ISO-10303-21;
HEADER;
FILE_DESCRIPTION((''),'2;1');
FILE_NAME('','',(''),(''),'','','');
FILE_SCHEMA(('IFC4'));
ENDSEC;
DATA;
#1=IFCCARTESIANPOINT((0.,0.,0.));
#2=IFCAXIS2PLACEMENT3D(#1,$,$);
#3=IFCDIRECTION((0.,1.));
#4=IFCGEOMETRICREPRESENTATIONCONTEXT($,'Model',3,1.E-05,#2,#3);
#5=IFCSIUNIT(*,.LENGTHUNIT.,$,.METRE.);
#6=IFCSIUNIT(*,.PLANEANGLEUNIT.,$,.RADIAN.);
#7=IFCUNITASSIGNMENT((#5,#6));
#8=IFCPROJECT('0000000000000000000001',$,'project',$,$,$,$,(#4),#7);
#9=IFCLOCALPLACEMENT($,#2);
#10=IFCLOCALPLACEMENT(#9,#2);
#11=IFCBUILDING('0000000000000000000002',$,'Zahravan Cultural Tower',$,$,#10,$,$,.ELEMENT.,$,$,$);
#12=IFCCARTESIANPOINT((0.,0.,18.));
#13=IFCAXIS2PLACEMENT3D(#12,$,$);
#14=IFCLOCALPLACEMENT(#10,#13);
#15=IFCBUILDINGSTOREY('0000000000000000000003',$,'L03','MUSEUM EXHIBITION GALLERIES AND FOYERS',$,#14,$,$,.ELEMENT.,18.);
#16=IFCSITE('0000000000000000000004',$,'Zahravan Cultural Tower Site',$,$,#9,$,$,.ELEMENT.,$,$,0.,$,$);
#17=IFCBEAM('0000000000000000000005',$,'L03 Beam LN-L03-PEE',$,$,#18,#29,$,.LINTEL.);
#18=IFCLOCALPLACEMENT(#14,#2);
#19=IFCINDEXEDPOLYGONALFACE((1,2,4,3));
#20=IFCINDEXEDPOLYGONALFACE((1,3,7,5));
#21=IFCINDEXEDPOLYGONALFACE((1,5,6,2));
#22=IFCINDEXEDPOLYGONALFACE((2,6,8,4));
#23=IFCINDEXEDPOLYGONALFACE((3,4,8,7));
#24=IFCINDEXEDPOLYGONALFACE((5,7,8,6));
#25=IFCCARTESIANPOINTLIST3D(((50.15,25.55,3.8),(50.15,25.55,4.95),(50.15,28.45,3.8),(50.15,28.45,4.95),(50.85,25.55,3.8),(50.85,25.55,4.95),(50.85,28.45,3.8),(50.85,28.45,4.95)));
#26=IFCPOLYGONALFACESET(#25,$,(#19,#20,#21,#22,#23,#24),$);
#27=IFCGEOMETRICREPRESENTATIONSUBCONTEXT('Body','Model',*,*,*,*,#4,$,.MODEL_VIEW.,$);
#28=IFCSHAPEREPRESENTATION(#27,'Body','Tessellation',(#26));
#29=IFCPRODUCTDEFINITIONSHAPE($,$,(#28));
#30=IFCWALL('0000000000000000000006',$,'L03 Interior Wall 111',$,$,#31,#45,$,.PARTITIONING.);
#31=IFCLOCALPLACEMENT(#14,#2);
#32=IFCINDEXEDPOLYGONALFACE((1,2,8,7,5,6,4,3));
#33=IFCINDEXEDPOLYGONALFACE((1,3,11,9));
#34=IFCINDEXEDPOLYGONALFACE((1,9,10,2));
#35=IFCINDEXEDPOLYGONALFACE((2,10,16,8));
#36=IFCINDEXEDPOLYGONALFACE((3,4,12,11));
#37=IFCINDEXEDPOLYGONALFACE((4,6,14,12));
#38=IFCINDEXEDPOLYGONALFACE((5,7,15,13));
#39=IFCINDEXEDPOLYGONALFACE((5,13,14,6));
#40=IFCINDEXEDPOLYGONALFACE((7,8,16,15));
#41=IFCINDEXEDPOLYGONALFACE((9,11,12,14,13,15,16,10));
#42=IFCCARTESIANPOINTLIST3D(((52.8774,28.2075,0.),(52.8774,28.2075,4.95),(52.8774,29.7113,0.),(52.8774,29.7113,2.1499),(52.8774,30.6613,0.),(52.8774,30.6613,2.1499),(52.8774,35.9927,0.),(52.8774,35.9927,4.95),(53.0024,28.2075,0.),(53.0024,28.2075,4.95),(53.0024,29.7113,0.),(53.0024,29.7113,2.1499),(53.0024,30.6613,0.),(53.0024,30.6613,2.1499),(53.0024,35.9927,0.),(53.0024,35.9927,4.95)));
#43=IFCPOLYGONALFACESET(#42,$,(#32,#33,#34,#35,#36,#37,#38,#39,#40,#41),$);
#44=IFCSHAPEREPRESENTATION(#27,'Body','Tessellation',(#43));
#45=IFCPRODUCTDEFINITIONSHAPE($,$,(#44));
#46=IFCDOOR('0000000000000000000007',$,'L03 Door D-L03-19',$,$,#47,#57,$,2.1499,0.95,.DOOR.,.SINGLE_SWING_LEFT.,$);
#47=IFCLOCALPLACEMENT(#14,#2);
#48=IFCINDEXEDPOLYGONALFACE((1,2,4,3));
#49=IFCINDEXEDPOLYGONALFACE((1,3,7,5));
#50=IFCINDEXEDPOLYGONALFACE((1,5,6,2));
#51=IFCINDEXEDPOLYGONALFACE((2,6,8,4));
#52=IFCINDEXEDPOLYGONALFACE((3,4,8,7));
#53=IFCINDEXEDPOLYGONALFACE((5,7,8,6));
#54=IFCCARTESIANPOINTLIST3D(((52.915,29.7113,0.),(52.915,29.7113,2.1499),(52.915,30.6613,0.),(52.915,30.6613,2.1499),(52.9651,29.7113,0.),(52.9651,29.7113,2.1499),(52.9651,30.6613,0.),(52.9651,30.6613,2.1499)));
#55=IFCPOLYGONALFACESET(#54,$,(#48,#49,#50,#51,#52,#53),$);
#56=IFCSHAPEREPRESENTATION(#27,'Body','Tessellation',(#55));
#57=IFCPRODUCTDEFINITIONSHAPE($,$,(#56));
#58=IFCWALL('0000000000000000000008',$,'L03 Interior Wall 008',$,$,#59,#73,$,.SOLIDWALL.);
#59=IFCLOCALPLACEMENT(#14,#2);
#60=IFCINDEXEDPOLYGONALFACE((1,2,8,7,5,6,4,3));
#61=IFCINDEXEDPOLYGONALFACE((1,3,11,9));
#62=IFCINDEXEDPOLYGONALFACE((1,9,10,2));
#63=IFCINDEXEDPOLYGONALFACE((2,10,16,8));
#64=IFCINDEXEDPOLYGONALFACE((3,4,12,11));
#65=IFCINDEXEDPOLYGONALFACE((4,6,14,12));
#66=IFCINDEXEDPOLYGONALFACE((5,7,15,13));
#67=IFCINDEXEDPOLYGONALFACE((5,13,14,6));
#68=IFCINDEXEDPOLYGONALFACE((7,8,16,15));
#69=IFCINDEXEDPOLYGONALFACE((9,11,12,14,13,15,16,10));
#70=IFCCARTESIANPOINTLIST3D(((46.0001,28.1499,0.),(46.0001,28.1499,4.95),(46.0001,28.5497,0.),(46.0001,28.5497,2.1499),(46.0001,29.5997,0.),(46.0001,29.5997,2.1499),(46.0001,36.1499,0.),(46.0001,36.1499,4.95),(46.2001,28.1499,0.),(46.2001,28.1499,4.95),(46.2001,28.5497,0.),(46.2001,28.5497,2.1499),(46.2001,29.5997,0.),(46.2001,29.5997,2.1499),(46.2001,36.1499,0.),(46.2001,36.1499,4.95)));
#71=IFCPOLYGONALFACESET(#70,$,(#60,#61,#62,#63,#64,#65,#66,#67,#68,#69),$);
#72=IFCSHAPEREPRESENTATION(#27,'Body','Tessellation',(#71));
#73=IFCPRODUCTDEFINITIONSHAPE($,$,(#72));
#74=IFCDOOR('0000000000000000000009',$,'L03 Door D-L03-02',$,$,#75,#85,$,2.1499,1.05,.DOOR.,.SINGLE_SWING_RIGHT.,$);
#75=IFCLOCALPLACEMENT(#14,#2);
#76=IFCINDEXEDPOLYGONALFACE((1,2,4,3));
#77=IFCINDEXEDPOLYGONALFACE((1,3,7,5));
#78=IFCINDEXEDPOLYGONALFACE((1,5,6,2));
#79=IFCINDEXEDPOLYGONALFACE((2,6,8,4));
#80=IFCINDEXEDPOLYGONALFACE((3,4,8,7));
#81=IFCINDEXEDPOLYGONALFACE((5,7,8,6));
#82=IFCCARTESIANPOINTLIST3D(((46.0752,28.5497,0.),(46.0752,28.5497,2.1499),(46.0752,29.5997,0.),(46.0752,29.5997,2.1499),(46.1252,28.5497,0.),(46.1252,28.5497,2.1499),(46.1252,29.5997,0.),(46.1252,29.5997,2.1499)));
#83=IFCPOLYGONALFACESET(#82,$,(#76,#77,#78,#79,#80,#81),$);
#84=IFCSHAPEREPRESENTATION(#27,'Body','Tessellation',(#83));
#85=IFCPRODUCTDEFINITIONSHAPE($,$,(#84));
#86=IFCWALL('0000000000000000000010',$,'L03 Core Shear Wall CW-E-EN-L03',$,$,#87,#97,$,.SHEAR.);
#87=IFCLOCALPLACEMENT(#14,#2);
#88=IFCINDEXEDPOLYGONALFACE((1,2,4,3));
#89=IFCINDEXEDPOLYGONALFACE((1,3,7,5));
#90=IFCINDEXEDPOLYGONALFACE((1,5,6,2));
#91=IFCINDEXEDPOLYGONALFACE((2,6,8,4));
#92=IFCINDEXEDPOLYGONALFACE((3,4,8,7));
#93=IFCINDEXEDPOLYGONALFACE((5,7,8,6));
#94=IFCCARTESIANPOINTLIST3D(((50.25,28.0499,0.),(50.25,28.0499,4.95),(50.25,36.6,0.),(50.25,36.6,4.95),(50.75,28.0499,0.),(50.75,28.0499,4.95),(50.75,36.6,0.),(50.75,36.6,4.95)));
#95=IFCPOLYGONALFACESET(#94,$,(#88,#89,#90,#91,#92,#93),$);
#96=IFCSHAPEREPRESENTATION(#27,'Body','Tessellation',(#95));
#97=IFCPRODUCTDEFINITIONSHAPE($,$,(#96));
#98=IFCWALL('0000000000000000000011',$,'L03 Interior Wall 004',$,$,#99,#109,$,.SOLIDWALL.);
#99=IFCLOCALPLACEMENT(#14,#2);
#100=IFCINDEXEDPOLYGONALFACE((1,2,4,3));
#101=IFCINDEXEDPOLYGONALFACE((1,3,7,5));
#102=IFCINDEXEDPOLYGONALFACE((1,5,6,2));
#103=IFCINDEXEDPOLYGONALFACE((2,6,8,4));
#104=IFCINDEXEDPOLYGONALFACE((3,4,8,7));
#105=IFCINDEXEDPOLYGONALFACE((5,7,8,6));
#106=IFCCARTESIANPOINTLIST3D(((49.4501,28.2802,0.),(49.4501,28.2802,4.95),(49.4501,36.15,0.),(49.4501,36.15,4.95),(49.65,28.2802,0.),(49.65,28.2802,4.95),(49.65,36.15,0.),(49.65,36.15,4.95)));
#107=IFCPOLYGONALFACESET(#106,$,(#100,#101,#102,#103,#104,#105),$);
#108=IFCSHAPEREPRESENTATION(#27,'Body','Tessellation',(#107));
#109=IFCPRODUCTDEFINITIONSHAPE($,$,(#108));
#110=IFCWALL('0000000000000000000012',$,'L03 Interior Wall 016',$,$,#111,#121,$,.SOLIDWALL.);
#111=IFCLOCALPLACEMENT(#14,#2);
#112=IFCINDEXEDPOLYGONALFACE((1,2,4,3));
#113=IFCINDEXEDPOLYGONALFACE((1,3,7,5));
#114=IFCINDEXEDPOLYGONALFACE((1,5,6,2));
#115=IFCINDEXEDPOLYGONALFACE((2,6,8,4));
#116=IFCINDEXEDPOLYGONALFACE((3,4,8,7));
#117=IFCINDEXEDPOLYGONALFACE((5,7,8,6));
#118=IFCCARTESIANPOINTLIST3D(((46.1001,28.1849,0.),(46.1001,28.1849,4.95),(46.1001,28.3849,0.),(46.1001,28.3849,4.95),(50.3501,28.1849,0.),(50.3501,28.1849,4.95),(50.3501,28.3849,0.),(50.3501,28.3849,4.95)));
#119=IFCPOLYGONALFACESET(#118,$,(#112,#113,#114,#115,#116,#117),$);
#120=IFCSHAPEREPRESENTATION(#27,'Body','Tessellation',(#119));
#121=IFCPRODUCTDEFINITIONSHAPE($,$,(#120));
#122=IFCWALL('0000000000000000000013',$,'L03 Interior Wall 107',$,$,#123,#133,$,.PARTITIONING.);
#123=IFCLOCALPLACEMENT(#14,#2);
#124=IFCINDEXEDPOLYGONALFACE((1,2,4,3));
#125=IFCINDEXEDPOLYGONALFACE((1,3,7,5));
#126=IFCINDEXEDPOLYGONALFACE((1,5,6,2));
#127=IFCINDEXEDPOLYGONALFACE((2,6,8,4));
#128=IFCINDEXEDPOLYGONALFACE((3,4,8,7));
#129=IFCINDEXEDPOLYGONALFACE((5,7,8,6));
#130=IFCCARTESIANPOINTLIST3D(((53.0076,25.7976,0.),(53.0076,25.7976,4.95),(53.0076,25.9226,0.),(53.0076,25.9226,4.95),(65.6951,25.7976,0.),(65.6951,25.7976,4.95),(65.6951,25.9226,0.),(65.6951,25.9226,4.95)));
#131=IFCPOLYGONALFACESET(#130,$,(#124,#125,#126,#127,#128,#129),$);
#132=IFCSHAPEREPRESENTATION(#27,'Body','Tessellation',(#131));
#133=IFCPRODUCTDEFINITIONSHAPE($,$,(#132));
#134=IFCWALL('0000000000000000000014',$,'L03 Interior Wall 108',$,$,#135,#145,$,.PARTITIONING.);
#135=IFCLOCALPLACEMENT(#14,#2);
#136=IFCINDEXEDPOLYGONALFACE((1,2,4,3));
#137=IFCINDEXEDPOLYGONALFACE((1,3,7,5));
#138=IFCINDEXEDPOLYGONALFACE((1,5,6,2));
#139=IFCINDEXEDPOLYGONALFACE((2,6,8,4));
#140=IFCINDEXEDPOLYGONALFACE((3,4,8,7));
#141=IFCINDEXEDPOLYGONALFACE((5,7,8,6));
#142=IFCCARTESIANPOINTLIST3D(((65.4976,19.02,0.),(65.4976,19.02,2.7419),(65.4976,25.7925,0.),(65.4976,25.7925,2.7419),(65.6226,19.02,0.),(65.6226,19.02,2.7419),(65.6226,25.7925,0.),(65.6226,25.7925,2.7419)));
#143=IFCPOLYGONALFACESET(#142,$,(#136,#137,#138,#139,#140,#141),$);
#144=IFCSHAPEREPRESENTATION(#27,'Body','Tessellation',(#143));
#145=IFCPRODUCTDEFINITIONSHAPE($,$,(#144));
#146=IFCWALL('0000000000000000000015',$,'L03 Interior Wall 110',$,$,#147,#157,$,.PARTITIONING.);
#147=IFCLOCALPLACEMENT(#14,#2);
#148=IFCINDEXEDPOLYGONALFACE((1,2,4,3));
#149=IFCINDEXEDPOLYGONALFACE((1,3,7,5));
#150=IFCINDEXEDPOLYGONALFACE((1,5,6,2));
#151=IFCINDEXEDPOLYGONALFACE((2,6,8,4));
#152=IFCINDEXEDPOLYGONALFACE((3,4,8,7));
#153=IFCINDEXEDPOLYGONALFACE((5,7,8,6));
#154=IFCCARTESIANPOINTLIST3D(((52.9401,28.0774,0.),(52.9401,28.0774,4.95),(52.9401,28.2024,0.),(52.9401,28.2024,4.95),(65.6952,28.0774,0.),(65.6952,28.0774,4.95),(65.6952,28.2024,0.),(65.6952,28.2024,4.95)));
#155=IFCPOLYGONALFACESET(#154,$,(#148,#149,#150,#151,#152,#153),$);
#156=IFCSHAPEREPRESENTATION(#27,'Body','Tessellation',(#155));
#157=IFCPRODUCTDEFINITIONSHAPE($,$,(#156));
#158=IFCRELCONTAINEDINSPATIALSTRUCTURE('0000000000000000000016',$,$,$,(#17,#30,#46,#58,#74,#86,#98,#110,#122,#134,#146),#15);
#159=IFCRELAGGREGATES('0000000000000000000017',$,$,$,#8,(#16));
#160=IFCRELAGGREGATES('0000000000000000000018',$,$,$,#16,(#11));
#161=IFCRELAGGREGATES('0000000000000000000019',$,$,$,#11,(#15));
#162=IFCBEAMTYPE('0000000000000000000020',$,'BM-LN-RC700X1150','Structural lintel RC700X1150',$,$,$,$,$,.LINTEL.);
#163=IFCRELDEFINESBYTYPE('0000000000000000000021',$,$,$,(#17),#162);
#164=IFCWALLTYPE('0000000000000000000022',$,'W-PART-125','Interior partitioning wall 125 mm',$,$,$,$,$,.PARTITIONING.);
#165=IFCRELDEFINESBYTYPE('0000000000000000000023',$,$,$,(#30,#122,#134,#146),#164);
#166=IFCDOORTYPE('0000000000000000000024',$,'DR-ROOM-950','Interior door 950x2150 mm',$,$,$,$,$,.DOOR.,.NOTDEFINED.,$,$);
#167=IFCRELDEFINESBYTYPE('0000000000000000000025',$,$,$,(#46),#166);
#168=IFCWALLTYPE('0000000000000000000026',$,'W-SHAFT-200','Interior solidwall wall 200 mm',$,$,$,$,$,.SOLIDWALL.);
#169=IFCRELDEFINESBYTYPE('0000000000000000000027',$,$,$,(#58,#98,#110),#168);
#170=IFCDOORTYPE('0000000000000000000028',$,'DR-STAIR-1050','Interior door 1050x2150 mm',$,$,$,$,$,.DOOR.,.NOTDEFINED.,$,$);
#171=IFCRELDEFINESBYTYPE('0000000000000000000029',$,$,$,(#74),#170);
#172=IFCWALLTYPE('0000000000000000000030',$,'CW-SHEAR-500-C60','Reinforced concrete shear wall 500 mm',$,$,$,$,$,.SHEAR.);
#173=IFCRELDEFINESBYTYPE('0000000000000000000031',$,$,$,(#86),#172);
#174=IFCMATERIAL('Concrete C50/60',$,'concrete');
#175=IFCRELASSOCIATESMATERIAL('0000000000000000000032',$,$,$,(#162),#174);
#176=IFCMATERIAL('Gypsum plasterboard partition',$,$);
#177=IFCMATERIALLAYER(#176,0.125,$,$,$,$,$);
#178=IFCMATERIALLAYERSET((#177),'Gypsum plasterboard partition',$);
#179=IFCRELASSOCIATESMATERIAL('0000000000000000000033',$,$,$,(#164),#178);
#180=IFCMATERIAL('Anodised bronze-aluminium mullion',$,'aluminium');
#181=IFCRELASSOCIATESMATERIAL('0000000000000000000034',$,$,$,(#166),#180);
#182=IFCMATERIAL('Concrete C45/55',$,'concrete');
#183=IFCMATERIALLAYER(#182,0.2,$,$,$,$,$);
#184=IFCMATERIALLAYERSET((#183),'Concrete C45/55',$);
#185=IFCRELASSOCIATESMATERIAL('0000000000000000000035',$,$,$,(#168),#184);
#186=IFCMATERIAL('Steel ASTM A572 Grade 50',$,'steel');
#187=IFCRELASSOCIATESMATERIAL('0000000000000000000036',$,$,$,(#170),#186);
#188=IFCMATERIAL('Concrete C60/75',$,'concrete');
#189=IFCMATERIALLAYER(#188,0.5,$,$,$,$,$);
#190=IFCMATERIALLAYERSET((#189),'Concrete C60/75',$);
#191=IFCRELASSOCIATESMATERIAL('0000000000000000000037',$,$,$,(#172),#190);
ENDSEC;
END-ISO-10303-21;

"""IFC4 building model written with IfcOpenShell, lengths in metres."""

from ifc_helpers import new_model, si_unit, direction, frame, frame_2d, origin, origin_2d, place, context, subcontext, project, spatial, rectangle, extrude, source, transform, mapped, material, layer, layer_set, material_profile, profile_set, type_object, element, fill, save


model = new_model("IFC4")

# Units and contexts
model_context = context("Model", 3, precision=1e-05, world=origin(), true_north=direction((0.0, 1.0)))
body_context = subcontext(model_context, "Body", "Model", "MODEL_VIEW")
ifc_project = project(units=[si_unit("LENGTHUNIT", "METRE"), si_unit("PLANEANGLEUNIT", "RADIAN")], contexts=[model_context])

# Site, building, storey
site_placement = place(None, origin())
site = spatial("IfcSite", under=ifc_project, at=site_placement, Name="Zahravan Cultural Tower Site", CompositionType="ELEMENT", RefElevation=0.0)
building_placement = place(site_placement, origin())
building = spatial("IfcBuilding", under=site, at=building_placement, Name="Zahravan Cultural Tower", CompositionType="ELEMENT")
storey_placement = place(building_placement, frame((0.0, 0.0, 18.0)))
storey = spatial("IfcBuildingStorey", under=building, at=storey_placement, Name="L03", Description="MUSEUM EXHIBITION GALLERIES AND FOYERS", CompositionType="ELEMENT", Elevation=18.0)

# Beam
ifc_material_1 = material(Name="Concrete C50/60", Category="concrete")
ifc_material_profile = material_profile(ifc_material_1, rectangle(XDim=0.7, YDim=1.1499, at=origin_2d()), Name="RC700X1150")
ifc_profile_set = profile_set([ifc_material_profile], Name="Concrete C50/60")
beam_type = type_object("IfcBeamType", Name="BM-LN-RC700X1150", Description="Structural lintel RC700X1150", PredefinedType="LINTEL", material=ifc_profile_set)
shared_shape_1 = source(origin(), body_context, "Body", "SweptSolid", [
    extrude(rectangle(XDim=0.7, YDim=1.1499, at=origin_2d()), origin(), (0.0, 0.0, 1.0), 2.8999),
])
beam_placement = place(storey_placement, frame((50.5, 25.55, 4.375), z_axis=(0.0, 1.0, 0.0), x_axis=(-1.0, 0.0, 0.0)))
element("IfcBeam", 1, at=beam_placement, inside=storey, type_object=beam_type, Name="L03 Beam LN-L03-PEE", PredefinedType="LINTEL", context=body_context, shape_type="MappedRepresentation", body=[
    mapped(shared_shape_1, transform((0.0, 0.0, 0.0), x_axis=(1.0, 0.0, 0.0), y_axis=(0.0, 1.0, 0.0), z_axis=(0.0, 0.0, 1.0), scale=1.0)),
])

# Walls, openings, doors
ifc_material_2 = material(Name="Gypsum plasterboard partition")
ifc_layer_1 = layer(ifc_material_2, 0.125)
ifc_layer_set_1 = layer_set([ifc_layer_1], Name="Gypsum plasterboard partition")
wall_type_1 = type_object("IfcWallType", Name="W-PART-125", Description="Interior partitioning wall 125 mm", PredefinedType="PARTITIONING", material=ifc_layer_set_1)
wall_1_placement = place(storey_placement, frame((52.9399, 28.2075, 0.0), z_axis=(0.0, 0.0, 1.0), x_axis=(0.0, 1.0, 0.0)))
wall_1 = element("IfcWall", 2, at=wall_1_placement, inside=storey, type_object=wall_type_1, Name="L03 Interior Wall 111", PredefinedType="PARTITIONING", context=body_context, shape_type="SweptSolid", body=[
    extrude(rectangle(XDim=7.7852, YDim=0.125, at=frame_2d((3.8926, 0.0))), origin(), (0.0, 0.0, 1.0), 4.95),
])
opening_1_placement = place(wall_1_placement, frame((1.5037, 0.0, 0.0)))
opening_1 = element("IfcOpeningElement", 3, at=opening_1_placement, cuts=wall_1, PredefinedType="OPENING", context=body_context, shape_type="SweptSolid", body=[
    extrude(rectangle(XDim=0.95, YDim=2.1499, at=frame_2d((0.4751, 1.075))), frame((0.0, 0.0725, 0.0), z_axis=(0.0, -1.0, 0.0), x_axis=(1.0, 0.0, 0.0)), (0.0, 0.0, 1.0), 0.145),
])
ifc_material_3 = material(Name="Anodised bronze-aluminium mullion", Category="aluminium")
door_type_1 = type_object("IfcDoorType", Name="DR-ROOM-950", Description="Interior door 950x2150 mm", OperationType="NOTDEFINED", PredefinedType="DOOR", material=ifc_material_3)
shared_shape_2 = source(origin(), body_context, "Body", "SweptSolid", [
    extrude(rectangle(XDim=0.95, YDim=2.1499, at=frame_2d((0.4751, 1.075))), frame((0.0, 0.0249, 0.0), z_axis=(0.0, -1.0, 0.0), x_axis=(1.0, 0.0, 0.0)), (0.0, 0.0, 1.0), 0.05),
])
door_1_placement = place(opening_1_placement, origin())
door_1 = element("IfcDoor", 4, at=door_1_placement, inside=storey, type_object=door_type_1, Name="L03 Door D-L03-19", OperationType="SINGLE_SWING_LEFT", OverallHeight=2.1499, OverallWidth=0.95, PredefinedType="DOOR", context=body_context, shape_type="MappedRepresentation", body=[
    mapped(shared_shape_2, transform((0.0, 0.0, 0.0), x_axis=(1.0, 0.0, 0.0), y_axis=(0.0, 1.0, 0.0), z_axis=(0.0, 0.0, 1.0), scale=1.0)),
])
fill(opening_1, door_1)
ifc_material_4 = material(Name="Concrete C45/55", Category="concrete")
ifc_layer_2 = layer(ifc_material_4, 0.2)
ifc_layer_set_2 = layer_set([ifc_layer_2], Name="Concrete C45/55")
wall_type_2 = type_object("IfcWallType", Name="W-SHAFT-200", Description="Interior solidwall wall 200 mm", PredefinedType="SOLIDWALL", material=ifc_layer_set_2)
wall_2_placement = place(storey_placement, frame((46.1001, 28.1499, 0.0), z_axis=(0.0, 0.0, 1.0), x_axis=(0.0, 1.0, 0.0)))
wall_2 = element("IfcWall", 5, at=wall_2_placement, inside=storey, type_object=wall_type_2, Name="L03 Interior Wall 008", PredefinedType="SOLIDWALL", context=body_context, shape_type="SweptSolid", body=[
    extrude(rectangle(XDim=8.0, YDim=0.2, at=frame_2d((4.0, 0.0))), origin(), (0.0, 0.0, 1.0), 4.95),
])
opening_2_placement = place(wall_2_placement, frame((0.3999, 0.0, 0.0)))
opening_2 = element("IfcOpeningElement", 6, at=opening_2_placement, cuts=wall_2, PredefinedType="OPENING", context=body_context, shape_type="SweptSolid", body=[
    extrude(rectangle(XDim=1.05, YDim=2.1499, at=frame_2d((0.5249, 1.075))), frame((0.0, 0.1099, 0.0), z_axis=(0.0, -1.0, 0.0), x_axis=(1.0, 0.0, 0.0)), (0.0, 0.0, 1.0), 0.22),
])
ifc_material_5 = material(Name="Steel ASTM A572 Grade 50", Category="steel")
door_type_2 = type_object("IfcDoorType", Name="DR-STAIR-1050", Description="Interior door 1050x2150 mm", OperationType="NOTDEFINED", PredefinedType="DOOR", material=ifc_material_5)
shared_shape_3 = source(origin(), body_context, "Body", "SweptSolid", [
    extrude(rectangle(XDim=1.05, YDim=2.1499, at=frame_2d((0.5249, 1.075))), frame((0.0, 0.0249, 0.0), z_axis=(0.0, -1.0, 0.0), x_axis=(1.0, 0.0, 0.0)), (0.0, 0.0, 1.0), 0.05),
])
door_2_placement = place(opening_2_placement, origin())
door_2 = element("IfcDoor", 7, at=door_2_placement, inside=storey, type_object=door_type_2, Name="L03 Door D-L03-02", OperationType="SINGLE_SWING_RIGHT", OverallHeight=2.1499, OverallWidth=1.05, PredefinedType="DOOR", context=body_context, shape_type="MappedRepresentation", body=[
    mapped(shared_shape_3, transform((0.0, 0.0, 0.0), x_axis=(1.0, 0.0, 0.0), y_axis=(0.0, 1.0, 0.0), z_axis=(0.0, 0.0, 1.0), scale=1.0)),
])
fill(opening_2, door_2)

# Walls
ifc_material_6 = material(Name="Concrete C60/75", Category="concrete")
ifc_layer_3 = layer(ifc_material_6, 0.5)
ifc_layer_set_3 = layer_set([ifc_layer_3], Name="Concrete C60/75")
wall_type_3 = type_object("IfcWallType", Name="CW-SHEAR-500-C60", Description="Reinforced concrete shear wall 500 mm", PredefinedType="SHEAR", material=ifc_layer_set_3)
shared_shape_4 = source(origin(), body_context, "Body", "SweptSolid", [
    extrude(rectangle(XDim=8.55, YDim=0.5, at=frame_2d((4.2749, 0.0))), origin(), (0.0, 0.0, 1.0), 4.95),
])
wall_3_placement = place(storey_placement, frame((50.5, 28.05, 0.0), z_axis=(0.0, 0.0, 1.0), x_axis=(0.0, 1.0, 0.0)))
element("IfcWall", 8, at=wall_3_placement, inside=storey, type_object=wall_type_3, Name="L03 Core Shear Wall CW-E-EN-L03", PredefinedType="SHEAR", context=body_context, shape_type="MappedRepresentation", body=[
    mapped(shared_shape_4, transform((0.0, 0.0, 0.0), x_axis=(1.0, 0.0, 0.0), y_axis=(0.0, 1.0, 0.0), z_axis=(0.0, 0.0, 1.0), scale=1.0)),
])
shared_shape_5 = source(origin(), body_context, "Body", "SweptSolid", [
    extrude(rectangle(XDim=7.8699, YDim=0.2, at=frame_2d((3.9351, 0.0))), origin(), (0.0, 0.0, 1.0), 4.95),
])
wall_4_placement = place(storey_placement, frame((49.55, 28.28, 0.0), z_axis=(0.0, 0.0, 1.0), x_axis=(0.0, 1.0, 0.0)))
element("IfcWall", 9, at=wall_4_placement, inside=storey, type_object=wall_type_2, Name="L03 Interior Wall 004", PredefinedType="SOLIDWALL", context=body_context, shape_type="MappedRepresentation", body=[
    mapped(shared_shape_5, transform((0.0, 0.0, 0.0), x_axis=(1.0, 0.0, 0.0), y_axis=(0.0, 1.0, 0.0), z_axis=(0.0, 0.0, 1.0), scale=1.0)),
])
shared_shape_6 = source(origin(), body_context, "Body", "SweptSolid", [
    extrude(rectangle(XDim=4.25, YDim=0.2, at=frame_2d((2.125, 0.0))), origin(), (0.0, 0.0, 1.0), 4.95),
])
wall_5_placement = place(storey_placement, frame((46.1001, 28.2849, 0.0), z_axis=(0.0, 0.0, 1.0), x_axis=(1.0, 0.0, 0.0)))
element("IfcWall", 10, at=wall_5_placement, inside=storey, type_object=wall_type_2, Name="L03 Interior Wall 016", PredefinedType="SOLIDWALL", context=body_context, shape_type="MappedRepresentation", body=[
    mapped(shared_shape_6, transform((0.0, 0.0, 0.0), x_axis=(1.0, 0.0, 0.0), y_axis=(0.0, 1.0, 0.0), z_axis=(0.0, 0.0, 1.0), scale=1.0)),
])
shared_shape_7 = source(origin(), body_context, "Body", "SweptSolid", [
    extrude(rectangle(XDim=12.6875, YDim=0.125, at=frame_2d((6.3438, 0.0))), origin(), (0.0, 0.0, 1.0), 4.95),
])
wall_6_placement = place(storey_placement, frame((53.0076, 25.8601, 0.0), z_axis=(0.0, 0.0, 1.0), x_axis=(1.0, 0.0, 0.0)))
element("IfcWall", 11, at=wall_6_placement, inside=storey, type_object=wall_type_1, Name="L03 Interior Wall 107", PredefinedType="PARTITIONING", context=body_context, shape_type="MappedRepresentation", body=[
    mapped(shared_shape_7, transform((0.0, 0.0, 0.0), x_axis=(1.0, 0.0, 0.0), y_axis=(0.0, 1.0, 0.0), z_axis=(0.0, 0.0, 1.0), scale=1.0)),
])
shared_shape_8 = source(origin(), body_context, "Body", "SweptSolid", [
    extrude(rectangle(XDim=6.7725, YDim=0.125, at=frame_2d((3.3862, 0.0))), origin(), (0.0, 0.0, 1.0), 2.7419),
])
wall_7_placement = place(storey_placement, frame((65.5601, 25.7925, 0.0), z_axis=(0.0, 0.0, 1.0), x_axis=(0.0, -1.0, 0.0)))
element("IfcWall", 12, at=wall_7_placement, inside=storey, type_object=wall_type_1, Name="L03 Interior Wall 108", PredefinedType="PARTITIONING", context=body_context, shape_type="MappedRepresentation", body=[
    mapped(shared_shape_8, transform((0.0, 0.0, 0.0), x_axis=(1.0, 0.0, 0.0), y_axis=(0.0, 1.0, 0.0), z_axis=(0.0, 0.0, 1.0), scale=1.0)),
])
shared_shape_9 = source(origin(), body_context, "Body", "SweptSolid", [
    extrude(rectangle(XDim=12.7551, YDim=0.125, at=frame_2d((6.3774, 0.0))), origin(), (0.0, 0.0, 1.0), 4.95),
])
wall_8_placement = place(storey_placement, frame((65.6951, 28.1399, 0.0), z_axis=(0.0, 0.0, 1.0), x_axis=(-1.0, 0.0, 0.0)))
element("IfcWall", 13, at=wall_8_placement, inside=storey, type_object=wall_type_1, Name="L03 Interior Wall 110", PredefinedType="PARTITIONING", context=body_context, shape_type="MappedRepresentation", body=[
    mapped(shared_shape_9, transform((0.0, 0.0, 0.0), x_axis=(1.0, 0.0, 0.0), y_axis=(0.0, 1.0, 0.0), z_axis=(0.0, 0.0, 1.0), scale=1.0)),
])

save(model, "model.ifc")
